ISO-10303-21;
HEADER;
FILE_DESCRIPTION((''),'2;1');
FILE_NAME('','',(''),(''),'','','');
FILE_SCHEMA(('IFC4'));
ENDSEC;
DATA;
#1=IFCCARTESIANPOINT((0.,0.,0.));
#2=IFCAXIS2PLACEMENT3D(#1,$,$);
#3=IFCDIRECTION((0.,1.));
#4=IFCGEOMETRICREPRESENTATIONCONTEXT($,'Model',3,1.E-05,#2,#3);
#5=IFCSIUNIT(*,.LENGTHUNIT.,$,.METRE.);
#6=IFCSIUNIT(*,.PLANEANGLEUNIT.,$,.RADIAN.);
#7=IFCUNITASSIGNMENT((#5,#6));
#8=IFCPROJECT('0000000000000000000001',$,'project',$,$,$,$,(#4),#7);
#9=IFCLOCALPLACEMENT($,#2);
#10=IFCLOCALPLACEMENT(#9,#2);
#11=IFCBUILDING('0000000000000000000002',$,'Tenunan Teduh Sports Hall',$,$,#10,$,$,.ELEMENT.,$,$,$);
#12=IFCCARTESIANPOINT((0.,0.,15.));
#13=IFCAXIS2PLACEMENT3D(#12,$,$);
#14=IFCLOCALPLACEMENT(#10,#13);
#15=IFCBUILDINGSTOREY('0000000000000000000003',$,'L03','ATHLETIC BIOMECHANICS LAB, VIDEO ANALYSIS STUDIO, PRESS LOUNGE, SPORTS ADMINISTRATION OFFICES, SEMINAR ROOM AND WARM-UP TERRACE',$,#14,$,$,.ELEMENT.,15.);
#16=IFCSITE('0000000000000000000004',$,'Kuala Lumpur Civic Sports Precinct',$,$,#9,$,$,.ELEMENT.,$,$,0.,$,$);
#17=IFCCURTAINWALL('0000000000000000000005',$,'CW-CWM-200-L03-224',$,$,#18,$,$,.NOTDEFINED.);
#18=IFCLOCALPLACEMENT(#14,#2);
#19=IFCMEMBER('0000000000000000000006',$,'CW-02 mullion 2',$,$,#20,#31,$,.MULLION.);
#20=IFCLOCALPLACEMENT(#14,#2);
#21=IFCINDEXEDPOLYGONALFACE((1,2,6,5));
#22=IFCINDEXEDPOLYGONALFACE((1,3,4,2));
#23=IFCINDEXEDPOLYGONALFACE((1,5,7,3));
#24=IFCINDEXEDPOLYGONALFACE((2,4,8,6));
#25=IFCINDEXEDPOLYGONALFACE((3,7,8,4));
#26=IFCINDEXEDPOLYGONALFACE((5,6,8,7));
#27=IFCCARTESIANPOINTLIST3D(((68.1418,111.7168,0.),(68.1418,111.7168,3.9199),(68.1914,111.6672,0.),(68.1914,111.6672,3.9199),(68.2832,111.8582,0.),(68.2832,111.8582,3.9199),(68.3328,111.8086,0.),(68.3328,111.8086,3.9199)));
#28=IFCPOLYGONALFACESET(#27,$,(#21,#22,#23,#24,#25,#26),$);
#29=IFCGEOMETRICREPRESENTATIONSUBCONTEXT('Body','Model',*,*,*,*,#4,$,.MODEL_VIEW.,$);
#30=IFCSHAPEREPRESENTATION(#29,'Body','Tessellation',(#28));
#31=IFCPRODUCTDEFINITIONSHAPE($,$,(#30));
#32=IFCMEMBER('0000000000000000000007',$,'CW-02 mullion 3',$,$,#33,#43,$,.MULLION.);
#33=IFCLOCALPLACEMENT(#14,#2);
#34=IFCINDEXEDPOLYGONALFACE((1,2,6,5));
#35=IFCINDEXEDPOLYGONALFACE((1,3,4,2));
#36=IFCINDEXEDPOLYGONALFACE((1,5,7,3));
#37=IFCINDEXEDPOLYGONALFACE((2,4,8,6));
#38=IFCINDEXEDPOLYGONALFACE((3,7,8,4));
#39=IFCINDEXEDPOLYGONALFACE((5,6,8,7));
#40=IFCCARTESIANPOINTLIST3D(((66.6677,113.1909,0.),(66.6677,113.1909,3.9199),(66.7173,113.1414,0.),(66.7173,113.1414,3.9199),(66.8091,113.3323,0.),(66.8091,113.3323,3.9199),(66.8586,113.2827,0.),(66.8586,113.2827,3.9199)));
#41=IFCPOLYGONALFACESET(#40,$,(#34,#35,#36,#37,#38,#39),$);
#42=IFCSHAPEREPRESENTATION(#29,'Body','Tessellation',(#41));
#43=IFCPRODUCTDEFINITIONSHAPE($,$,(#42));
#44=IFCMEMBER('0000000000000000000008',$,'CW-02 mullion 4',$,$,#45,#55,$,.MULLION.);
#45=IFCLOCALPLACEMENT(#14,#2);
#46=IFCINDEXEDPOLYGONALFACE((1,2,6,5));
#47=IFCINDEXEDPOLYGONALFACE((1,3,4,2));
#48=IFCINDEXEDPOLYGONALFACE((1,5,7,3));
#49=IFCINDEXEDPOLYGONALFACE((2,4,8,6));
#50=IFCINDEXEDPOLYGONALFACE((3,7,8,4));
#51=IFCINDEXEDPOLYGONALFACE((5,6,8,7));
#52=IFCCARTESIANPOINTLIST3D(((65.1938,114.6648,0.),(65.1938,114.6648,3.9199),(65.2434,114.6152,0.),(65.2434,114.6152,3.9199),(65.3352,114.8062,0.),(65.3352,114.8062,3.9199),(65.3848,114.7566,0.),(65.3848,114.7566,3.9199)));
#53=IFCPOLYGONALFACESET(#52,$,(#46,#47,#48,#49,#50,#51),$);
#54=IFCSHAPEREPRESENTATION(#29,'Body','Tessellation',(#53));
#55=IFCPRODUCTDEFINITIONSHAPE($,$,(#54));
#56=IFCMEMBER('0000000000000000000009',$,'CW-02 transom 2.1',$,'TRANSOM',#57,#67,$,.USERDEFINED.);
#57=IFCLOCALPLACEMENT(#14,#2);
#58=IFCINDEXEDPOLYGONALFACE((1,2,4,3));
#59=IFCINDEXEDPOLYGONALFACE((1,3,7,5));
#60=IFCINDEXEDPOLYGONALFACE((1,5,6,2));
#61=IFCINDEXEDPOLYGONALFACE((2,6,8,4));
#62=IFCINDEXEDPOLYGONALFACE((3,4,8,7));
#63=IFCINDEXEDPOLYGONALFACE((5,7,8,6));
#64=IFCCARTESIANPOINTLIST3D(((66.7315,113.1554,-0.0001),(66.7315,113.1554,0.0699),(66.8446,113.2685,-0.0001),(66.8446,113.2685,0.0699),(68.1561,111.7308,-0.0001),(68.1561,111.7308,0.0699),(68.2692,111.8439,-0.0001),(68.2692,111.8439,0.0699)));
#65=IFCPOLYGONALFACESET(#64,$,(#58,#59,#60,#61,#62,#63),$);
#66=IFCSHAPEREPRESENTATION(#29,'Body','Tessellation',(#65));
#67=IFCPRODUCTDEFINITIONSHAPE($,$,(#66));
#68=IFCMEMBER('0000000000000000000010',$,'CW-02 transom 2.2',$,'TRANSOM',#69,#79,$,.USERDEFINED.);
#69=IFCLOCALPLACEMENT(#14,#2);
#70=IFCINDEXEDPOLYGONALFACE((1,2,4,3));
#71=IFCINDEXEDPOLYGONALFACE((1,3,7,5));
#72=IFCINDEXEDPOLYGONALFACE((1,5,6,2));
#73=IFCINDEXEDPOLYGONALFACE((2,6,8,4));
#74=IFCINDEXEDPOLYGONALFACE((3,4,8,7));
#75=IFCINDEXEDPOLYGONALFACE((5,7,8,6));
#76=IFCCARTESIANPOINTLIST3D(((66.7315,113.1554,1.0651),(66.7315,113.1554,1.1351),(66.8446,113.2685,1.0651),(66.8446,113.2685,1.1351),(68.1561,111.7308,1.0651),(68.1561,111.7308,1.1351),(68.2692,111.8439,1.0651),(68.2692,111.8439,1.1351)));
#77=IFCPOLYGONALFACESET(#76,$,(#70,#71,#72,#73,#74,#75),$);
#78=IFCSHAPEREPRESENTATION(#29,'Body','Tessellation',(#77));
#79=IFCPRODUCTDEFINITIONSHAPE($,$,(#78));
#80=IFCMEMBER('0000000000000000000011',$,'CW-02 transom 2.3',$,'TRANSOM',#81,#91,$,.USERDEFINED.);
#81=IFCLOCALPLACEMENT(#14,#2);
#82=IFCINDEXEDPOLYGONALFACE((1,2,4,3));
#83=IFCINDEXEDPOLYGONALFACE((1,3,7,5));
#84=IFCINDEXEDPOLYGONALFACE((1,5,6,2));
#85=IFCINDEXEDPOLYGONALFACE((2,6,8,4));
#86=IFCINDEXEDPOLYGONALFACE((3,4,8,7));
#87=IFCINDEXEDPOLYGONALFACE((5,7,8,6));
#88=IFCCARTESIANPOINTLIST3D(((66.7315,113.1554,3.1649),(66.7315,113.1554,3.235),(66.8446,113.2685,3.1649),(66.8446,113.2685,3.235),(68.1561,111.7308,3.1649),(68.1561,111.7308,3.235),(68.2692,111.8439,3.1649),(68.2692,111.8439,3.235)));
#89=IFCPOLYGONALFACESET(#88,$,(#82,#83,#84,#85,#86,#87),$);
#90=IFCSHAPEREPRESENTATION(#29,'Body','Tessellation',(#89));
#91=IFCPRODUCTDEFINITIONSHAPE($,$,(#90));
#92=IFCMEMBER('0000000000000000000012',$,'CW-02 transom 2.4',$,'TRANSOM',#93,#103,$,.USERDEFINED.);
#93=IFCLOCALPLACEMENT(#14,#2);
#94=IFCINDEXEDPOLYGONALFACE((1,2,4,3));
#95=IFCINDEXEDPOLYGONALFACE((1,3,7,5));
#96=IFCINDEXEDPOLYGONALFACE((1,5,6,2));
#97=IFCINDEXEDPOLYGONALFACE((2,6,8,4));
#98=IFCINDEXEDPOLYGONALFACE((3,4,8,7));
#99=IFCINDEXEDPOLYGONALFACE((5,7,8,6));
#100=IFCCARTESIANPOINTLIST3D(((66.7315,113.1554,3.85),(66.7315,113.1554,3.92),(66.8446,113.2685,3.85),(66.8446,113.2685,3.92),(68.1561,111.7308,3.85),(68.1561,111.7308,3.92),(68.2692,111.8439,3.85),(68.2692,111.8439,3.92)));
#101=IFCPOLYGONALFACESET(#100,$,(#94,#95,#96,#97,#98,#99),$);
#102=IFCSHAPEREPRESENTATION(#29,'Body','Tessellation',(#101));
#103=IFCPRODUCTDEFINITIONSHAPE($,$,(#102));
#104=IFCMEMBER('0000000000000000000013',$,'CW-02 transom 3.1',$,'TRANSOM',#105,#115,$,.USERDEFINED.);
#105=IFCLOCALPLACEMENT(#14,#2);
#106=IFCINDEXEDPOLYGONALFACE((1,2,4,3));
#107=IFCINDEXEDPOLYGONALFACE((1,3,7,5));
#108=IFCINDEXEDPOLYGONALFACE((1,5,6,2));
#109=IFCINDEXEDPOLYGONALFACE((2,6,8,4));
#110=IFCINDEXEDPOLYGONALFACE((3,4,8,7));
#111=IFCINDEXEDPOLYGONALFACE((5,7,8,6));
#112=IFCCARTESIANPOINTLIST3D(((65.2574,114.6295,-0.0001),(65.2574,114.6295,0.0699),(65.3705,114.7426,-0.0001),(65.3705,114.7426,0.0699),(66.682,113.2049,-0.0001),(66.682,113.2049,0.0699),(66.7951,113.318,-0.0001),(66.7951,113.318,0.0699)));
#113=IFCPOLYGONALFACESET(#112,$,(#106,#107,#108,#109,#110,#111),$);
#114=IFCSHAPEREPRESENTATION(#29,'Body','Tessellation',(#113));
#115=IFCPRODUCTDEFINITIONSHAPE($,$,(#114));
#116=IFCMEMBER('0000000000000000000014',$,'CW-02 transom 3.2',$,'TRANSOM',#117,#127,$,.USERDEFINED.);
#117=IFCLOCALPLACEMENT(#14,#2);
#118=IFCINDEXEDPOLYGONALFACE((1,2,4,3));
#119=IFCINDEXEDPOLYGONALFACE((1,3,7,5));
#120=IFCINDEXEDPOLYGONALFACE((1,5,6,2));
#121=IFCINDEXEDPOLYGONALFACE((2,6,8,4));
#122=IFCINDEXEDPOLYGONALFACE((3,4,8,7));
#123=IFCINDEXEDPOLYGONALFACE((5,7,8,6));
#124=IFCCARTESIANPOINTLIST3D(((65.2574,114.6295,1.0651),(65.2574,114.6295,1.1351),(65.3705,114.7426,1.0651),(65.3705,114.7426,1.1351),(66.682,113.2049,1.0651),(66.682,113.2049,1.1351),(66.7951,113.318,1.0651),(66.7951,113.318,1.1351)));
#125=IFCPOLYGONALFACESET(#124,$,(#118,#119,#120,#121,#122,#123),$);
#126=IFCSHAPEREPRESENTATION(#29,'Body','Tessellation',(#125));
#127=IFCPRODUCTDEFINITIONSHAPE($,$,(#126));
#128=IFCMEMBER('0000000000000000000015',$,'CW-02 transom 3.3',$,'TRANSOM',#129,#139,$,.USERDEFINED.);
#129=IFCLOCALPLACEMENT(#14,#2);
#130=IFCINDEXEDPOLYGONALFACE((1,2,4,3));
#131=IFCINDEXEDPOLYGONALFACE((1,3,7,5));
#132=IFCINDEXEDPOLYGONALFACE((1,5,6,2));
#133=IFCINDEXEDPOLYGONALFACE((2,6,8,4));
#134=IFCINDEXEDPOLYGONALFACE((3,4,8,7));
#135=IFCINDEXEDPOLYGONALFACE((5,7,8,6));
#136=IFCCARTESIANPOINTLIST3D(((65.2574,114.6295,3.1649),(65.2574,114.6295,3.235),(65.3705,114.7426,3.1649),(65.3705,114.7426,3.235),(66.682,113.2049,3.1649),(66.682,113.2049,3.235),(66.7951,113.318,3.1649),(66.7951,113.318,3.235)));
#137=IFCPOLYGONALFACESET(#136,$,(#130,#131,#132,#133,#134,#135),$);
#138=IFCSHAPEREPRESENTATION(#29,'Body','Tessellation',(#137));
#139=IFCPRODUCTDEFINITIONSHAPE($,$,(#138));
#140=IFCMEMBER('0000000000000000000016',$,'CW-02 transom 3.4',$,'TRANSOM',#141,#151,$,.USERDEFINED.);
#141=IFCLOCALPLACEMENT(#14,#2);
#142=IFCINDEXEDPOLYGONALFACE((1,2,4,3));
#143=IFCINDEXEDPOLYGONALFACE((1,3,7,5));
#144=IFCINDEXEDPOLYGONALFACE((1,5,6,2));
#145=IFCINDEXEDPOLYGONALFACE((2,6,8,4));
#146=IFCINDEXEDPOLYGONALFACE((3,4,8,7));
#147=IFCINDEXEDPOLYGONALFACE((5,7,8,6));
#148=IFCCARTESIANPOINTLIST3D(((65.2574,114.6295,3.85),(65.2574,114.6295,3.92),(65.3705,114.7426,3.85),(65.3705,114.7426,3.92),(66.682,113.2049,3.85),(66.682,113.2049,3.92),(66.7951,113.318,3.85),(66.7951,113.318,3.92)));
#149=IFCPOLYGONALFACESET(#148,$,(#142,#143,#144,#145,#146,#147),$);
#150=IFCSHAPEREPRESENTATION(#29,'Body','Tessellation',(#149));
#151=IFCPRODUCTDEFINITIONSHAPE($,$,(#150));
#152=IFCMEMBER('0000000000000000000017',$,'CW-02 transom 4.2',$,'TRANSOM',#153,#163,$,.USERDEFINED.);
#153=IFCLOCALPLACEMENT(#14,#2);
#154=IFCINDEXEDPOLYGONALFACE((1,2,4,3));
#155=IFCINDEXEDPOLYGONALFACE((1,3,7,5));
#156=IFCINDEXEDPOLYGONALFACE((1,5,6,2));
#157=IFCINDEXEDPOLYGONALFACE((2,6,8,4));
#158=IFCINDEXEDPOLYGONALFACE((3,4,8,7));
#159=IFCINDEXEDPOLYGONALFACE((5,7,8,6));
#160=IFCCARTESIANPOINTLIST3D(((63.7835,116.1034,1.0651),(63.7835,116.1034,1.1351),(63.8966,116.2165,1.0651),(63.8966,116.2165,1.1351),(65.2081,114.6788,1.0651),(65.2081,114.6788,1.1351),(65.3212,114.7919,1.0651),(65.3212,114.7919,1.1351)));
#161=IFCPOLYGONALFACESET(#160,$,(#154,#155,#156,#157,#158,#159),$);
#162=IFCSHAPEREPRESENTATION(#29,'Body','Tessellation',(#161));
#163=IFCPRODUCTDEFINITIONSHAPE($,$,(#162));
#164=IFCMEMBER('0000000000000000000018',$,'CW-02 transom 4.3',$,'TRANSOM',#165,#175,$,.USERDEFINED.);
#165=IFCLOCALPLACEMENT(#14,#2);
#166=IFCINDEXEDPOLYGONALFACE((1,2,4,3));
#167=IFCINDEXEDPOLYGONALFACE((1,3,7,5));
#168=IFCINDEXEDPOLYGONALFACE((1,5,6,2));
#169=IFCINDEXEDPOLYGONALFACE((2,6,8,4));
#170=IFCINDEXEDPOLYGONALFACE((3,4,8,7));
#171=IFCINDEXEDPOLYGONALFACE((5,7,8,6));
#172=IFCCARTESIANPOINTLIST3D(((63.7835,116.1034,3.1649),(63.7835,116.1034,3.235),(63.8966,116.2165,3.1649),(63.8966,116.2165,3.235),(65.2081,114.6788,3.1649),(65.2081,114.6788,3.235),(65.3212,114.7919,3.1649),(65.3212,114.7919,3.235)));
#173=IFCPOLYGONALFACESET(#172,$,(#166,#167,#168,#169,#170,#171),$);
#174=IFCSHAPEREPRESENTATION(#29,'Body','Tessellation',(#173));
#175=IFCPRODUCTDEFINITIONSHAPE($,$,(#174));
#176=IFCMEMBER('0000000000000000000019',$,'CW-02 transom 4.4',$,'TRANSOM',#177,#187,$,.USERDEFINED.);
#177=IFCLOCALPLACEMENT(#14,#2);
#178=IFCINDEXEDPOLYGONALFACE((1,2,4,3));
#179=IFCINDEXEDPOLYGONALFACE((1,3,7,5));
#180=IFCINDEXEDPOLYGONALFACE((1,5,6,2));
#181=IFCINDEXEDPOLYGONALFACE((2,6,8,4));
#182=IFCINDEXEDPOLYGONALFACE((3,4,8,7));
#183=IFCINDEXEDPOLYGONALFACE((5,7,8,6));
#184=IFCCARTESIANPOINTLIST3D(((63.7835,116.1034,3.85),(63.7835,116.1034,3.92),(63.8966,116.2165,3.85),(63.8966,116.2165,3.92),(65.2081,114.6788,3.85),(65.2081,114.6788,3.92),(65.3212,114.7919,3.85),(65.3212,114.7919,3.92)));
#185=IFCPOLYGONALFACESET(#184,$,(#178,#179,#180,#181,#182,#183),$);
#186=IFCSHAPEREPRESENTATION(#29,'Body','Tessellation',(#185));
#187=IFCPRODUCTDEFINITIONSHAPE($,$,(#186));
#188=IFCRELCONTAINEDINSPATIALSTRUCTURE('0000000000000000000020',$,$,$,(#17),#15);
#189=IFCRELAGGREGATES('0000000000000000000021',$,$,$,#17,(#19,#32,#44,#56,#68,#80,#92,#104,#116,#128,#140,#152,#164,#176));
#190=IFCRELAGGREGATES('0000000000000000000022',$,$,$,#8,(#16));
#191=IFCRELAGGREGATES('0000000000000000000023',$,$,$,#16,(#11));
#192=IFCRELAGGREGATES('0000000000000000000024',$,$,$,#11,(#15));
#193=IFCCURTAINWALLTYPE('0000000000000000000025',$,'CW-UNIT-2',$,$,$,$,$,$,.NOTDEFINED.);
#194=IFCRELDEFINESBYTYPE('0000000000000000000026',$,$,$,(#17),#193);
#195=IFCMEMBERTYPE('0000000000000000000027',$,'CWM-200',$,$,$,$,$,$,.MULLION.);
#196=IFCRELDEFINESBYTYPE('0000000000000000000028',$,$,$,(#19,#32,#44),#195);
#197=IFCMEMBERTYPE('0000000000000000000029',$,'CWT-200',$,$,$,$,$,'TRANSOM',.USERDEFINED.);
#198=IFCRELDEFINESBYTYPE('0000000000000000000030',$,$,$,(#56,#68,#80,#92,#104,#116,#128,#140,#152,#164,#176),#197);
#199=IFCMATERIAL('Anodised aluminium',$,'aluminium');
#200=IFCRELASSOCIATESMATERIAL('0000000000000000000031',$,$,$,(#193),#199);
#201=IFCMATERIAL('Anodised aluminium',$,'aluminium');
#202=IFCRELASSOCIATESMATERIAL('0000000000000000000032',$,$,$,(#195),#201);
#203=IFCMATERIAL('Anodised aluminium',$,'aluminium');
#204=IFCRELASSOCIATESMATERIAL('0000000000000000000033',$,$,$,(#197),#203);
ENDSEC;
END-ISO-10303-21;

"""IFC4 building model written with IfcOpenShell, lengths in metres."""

from ifc_helpers import new_model, si_unit, direction, frame, origin, origin_2d, place, context, subcontext, project, spatial, rectangle, extrude, material, material_profile, profile_set, type_object, element, aggregate, save


model = new_model("IFC4")

# Units and contexts
model_context = context("Model", 3, precision=1e-05, world=origin(), true_north=direction((0.0, 1.0)))
body_context = subcontext(model_context, "Body", "Model", "MODEL_VIEW")
ifc_project = project(units=[si_unit("LENGTHUNIT", "METRE"), si_unit("PLANEANGLEUNIT", "RADIAN")], contexts=[model_context])

# Site, building, storey
site_placement = place(None, origin())
site = spatial("IfcSite", under=ifc_project, at=site_placement, Name="Kuala Lumpur Civic Sports Precinct", CompositionType="ELEMENT", RefElevation=0.0)
building_placement = place(site_placement, origin())
building = spatial("IfcBuilding", under=site, at=building_placement, Name="Tenunan Teduh Sports Hall", CompositionType="ELEMENT")
storey_placement = place(building_placement, frame((0.0, 0.0, 15.0)))
storey = spatial("IfcBuildingStorey", under=building, at=storey_placement, Name="L03", Description="ATHLETIC BIOMECHANICS LAB, VIDEO ANALYSIS STUDIO, PRESS LOUNGE, SPORTS ADMINISTRATION OFFICES, SEMINAR ROOM AND WARM-UP TERRACE", CompositionType="ELEMENT", Elevation=15.0)

# Curtain wall, members
ifc_material_1 = material(Name="Anodised aluminium", Category="aluminium")
curtain_wall_type = type_object("IfcCurtainWallType", Name="CW-UNIT-2", PredefinedType="NOTDEFINED", material=ifc_material_1)
curtain_wall_placement = place(storey_placement, origin())
curtain_wall = element("IfcCurtainWall", 1, at=curtain_wall_placement, inside=storey, type_object=curtain_wall_type, Name="CW-CWM-200-L03-224", PredefinedType="NOTDEFINED")
ifc_material_2 = material(Name="Anodised aluminium", Category="aluminium")
ifc_material_profile_1 = material_profile(ifc_material_2, rectangle(XDim=0.0701, YDim=0.2, at=origin_2d()), Name="CWM 70x200")
ifc_profile_set_1 = profile_set([ifc_material_profile_1], Name="Anodised aluminium")
member_type_1 = type_object("IfcMemberType", Name="CWM-200", PredefinedType="MULLION", material=ifc_profile_set_1)
member_1_placement = place(storey_placement, frame((68.2373, 111.7627, 0.0), z_axis=(0.0, 0.0, 1.0), x_axis=(-0.707107, 0.707107, 0.0)))
member_1 = element("IfcMember", 2, at=member_1_placement, type_object=member_type_1, Name="CW-02 mullion 2", PredefinedType="MULLION", context=body_context, shape_type="SweptSolid", body=[
    extrude(rectangle(XDim=0.0701, YDim=0.2, at=origin_2d()), origin(), (0.0, 0.0, 1.0), 3.9199),
])
member_2_placement = place(storey_placement, frame((66.7632, 113.2368, 0.0), z_axis=(0.0, 0.0, 1.0), x_axis=(-0.707107, 0.707107, 0.0)))
member_2 = element("IfcMember", 3, at=member_2_placement, type_object=member_type_1, Name="CW-02 mullion 3", PredefinedType="MULLION", context=body_context, shape_type="SweptSolid", body=[
    extrude(rectangle(XDim=0.0701, YDim=0.2, at=origin_2d()), origin(), (0.0, 0.0, 1.0), 3.9199),
])
member_3_placement = place(storey_placement, frame((65.2893, 114.7107, 0.0), z_axis=(0.0, 0.0, 1.0), x_axis=(-0.707107, 0.707107, 0.0)))
member_3 = element("IfcMember", 4, at=member_3_placement, type_object=member_type_1, Name="CW-02 mullion 4", PredefinedType="MULLION", context=body_context, shape_type="SweptSolid", body=[
    extrude(rectangle(XDim=0.0701, YDim=0.2, at=origin_2d()), origin(), (0.0, 0.0, 1.0), 3.9199),
])
ifc_material_3 = material(Name="Anodised aluminium", Category="aluminium")
ifc_material_profile_2 = material_profile(ifc_material_3, rectangle(XDim=0.0701, YDim=0.1599, at=origin_2d()), Name="CWT 70x160")
ifc_profile_set_2 = profile_set([ifc_material_profile_2], Name="Anodised aluminium")
member_type_2 = type_object("IfcMemberType", Name="CWT-200", ElementType="TRANSOM", PredefinedType="USERDEFINED", material=ifc_profile_set_2)
member_4_placement = place(storey_placement, frame((68.2126, 111.7874, 0.0349), z_axis=(-0.707107, 0.707107, 0.0), x_axis=(0.0, 0.0, 1.0)))
member_4 = element("IfcMember", 5, at=member_4_placement, type_object=member_type_2, Name="CW-02 transom 2.1", ObjectType="TRANSOM", PredefinedType="USERDEFINED", context=body_context, shape_type="SweptSolid", body=[
    extrude(rectangle(XDim=0.0701, YDim=0.1599, at=origin_2d()), origin(), (0.0, 0.0, 1.0), 2.0146),
])
member_5_placement = place(storey_placement, frame((68.2126, 111.7874, 1.1001), z_axis=(-0.707107, 0.707107, 0.0), x_axis=(0.0, 0.0, 1.0)))
member_5 = element("IfcMember", 6, at=member_5_placement, type_object=member_type_2, Name="CW-02 transom 2.2", ObjectType="TRANSOM", PredefinedType="USERDEFINED", context=body_context, shape_type="SweptSolid", body=[
    extrude(rectangle(XDim=0.0701, YDim=0.1599, at=origin_2d()), origin(), (0.0, 0.0, 1.0), 2.0146),
])
member_6_placement = place(storey_placement, frame((68.2126, 111.7874, 3.2), z_axis=(-0.707107, 0.707107, 0.0), x_axis=(0.0, 0.0, 1.0)))
member_6 = element("IfcMember", 7, at=member_6_placement, type_object=member_type_2, Name="CW-02 transom 2.3", ObjectType="TRANSOM", PredefinedType="USERDEFINED", context=body_context, shape_type="SweptSolid", body=[
    extrude(rectangle(XDim=0.0701, YDim=0.1599, at=origin_2d()), origin(), (0.0, 0.0, 1.0), 2.0146),
])
member_7_placement = place(storey_placement, frame((68.2126, 111.7874, 3.885), z_axis=(-0.707107, 0.707107, 0.0), x_axis=(0.0, 0.0, 1.0)))
member_7 = element("IfcMember", 8, at=member_7_placement, type_object=member_type_2, Name="CW-02 transom 2.4", ObjectType="TRANSOM", PredefinedType="USERDEFINED", context=body_context, shape_type="SweptSolid", body=[
    extrude(rectangle(XDim=0.0701, YDim=0.1599, at=origin_2d()), origin(), (0.0, 0.0, 1.0), 2.0146),
])
member_8_placement = place(storey_placement, frame((66.7385, 113.2615, 0.0349), z_axis=(-0.707107, 0.707107, 0.0), x_axis=(0.0, 0.0, 1.0)))
member_8 = element("IfcMember", 9, at=member_8_placement, type_object=member_type_2, Name="CW-02 transom 3.1", ObjectType="TRANSOM", PredefinedType="USERDEFINED", context=body_context, shape_type="SweptSolid", body=[
    extrude(rectangle(XDim=0.0701, YDim=0.1599, at=origin_2d()), origin(), (0.0, 0.0, 1.0), 2.0146),
])
member_9_placement = place(storey_placement, frame((66.7385, 113.2615, 1.1001), z_axis=(-0.707107, 0.707107, 0.0), x_axis=(0.0, 0.0, 1.0)))
member_9 = element("IfcMember", 10, at=member_9_placement, type_object=member_type_2, Name="CW-02 transom 3.2", ObjectType="TRANSOM", PredefinedType="USERDEFINED", context=body_context, shape_type="SweptSolid", body=[
    extrude(rectangle(XDim=0.0701, YDim=0.1599, at=origin_2d()), origin(), (0.0, 0.0, 1.0), 2.0146),
])
member_10_placement = place(storey_placement, frame((66.7385, 113.2615, 3.2), z_axis=(-0.707107, 0.707107, 0.0), x_axis=(0.0, 0.0, 1.0)))
member_10 = element("IfcMember", 11, at=member_10_placement, type_object=member_type_2, Name="CW-02 transom 3.3", ObjectType="TRANSOM", PredefinedType="USERDEFINED", context=body_context, shape_type="SweptSolid", body=[
    extrude(rectangle(XDim=0.0701, YDim=0.1599, at=origin_2d()), origin(), (0.0, 0.0, 1.0), 2.0146),
])
member_11_placement = place(storey_placement, frame((66.7385, 113.2615, 3.885), z_axis=(-0.707107, 0.707107, 0.0), x_axis=(0.0, 0.0, 1.0)))
member_11 = element("IfcMember", 12, at=member_11_placement, type_object=member_type_2, Name="CW-02 transom 3.4", ObjectType="TRANSOM", PredefinedType="USERDEFINED", context=body_context, shape_type="SweptSolid", body=[
    extrude(rectangle(XDim=0.0701, YDim=0.1599, at=origin_2d()), origin(), (0.0, 0.0, 1.0), 2.0146),
])
member_12_placement = place(storey_placement, frame((65.2646, 114.7354, 1.1001), z_axis=(-0.707107, 0.707107, 0.0), x_axis=(0.0, 0.0, 1.0)))
member_12 = element("IfcMember", 13, at=member_12_placement, type_object=member_type_2, Name="CW-02 transom 4.2", ObjectType="TRANSOM", PredefinedType="USERDEFINED", context=body_context, shape_type="SweptSolid", body=[
    extrude(rectangle(XDim=0.0701, YDim=0.1599, at=origin_2d()), origin(), (0.0, 0.0, 1.0), 2.0146),
])
member_13_placement = place(storey_placement, frame((65.2646, 114.7354, 3.2), z_axis=(-0.707107, 0.707107, 0.0), x_axis=(0.0, 0.0, 1.0)))
member_13 = element("IfcMember", 14, at=member_13_placement, type_object=member_type_2, Name="CW-02 transom 4.3", ObjectType="TRANSOM", PredefinedType="USERDEFINED", context=body_context, shape_type="SweptSolid", body=[
    extrude(rectangle(XDim=0.0701, YDim=0.1599, at=origin_2d()), origin(), (0.0, 0.0, 1.0), 2.0146),
])
member_14_placement = place(storey_placement, frame((65.2646, 114.7354, 3.885), z_axis=(-0.707107, 0.707107, 0.0), x_axis=(0.0, 0.0, 1.0)))
member_14 = element("IfcMember", 15, at=member_14_placement, type_object=member_type_2, Name="CW-02 transom 4.4", ObjectType="TRANSOM", PredefinedType="USERDEFINED", context=body_context, shape_type="SweptSolid", body=[
    extrude(rectangle(XDim=0.0701, YDim=0.1599, at=origin_2d()), origin(), (0.0, 0.0, 1.0), 2.0146),
])
aggregate(curtain_wall, [member_1, member_2, member_3, member_4, member_5, member_6, member_7, member_8, member_9, member_10, member_11, member_12, member_13, member_14])

save(model, "model.ifc")
